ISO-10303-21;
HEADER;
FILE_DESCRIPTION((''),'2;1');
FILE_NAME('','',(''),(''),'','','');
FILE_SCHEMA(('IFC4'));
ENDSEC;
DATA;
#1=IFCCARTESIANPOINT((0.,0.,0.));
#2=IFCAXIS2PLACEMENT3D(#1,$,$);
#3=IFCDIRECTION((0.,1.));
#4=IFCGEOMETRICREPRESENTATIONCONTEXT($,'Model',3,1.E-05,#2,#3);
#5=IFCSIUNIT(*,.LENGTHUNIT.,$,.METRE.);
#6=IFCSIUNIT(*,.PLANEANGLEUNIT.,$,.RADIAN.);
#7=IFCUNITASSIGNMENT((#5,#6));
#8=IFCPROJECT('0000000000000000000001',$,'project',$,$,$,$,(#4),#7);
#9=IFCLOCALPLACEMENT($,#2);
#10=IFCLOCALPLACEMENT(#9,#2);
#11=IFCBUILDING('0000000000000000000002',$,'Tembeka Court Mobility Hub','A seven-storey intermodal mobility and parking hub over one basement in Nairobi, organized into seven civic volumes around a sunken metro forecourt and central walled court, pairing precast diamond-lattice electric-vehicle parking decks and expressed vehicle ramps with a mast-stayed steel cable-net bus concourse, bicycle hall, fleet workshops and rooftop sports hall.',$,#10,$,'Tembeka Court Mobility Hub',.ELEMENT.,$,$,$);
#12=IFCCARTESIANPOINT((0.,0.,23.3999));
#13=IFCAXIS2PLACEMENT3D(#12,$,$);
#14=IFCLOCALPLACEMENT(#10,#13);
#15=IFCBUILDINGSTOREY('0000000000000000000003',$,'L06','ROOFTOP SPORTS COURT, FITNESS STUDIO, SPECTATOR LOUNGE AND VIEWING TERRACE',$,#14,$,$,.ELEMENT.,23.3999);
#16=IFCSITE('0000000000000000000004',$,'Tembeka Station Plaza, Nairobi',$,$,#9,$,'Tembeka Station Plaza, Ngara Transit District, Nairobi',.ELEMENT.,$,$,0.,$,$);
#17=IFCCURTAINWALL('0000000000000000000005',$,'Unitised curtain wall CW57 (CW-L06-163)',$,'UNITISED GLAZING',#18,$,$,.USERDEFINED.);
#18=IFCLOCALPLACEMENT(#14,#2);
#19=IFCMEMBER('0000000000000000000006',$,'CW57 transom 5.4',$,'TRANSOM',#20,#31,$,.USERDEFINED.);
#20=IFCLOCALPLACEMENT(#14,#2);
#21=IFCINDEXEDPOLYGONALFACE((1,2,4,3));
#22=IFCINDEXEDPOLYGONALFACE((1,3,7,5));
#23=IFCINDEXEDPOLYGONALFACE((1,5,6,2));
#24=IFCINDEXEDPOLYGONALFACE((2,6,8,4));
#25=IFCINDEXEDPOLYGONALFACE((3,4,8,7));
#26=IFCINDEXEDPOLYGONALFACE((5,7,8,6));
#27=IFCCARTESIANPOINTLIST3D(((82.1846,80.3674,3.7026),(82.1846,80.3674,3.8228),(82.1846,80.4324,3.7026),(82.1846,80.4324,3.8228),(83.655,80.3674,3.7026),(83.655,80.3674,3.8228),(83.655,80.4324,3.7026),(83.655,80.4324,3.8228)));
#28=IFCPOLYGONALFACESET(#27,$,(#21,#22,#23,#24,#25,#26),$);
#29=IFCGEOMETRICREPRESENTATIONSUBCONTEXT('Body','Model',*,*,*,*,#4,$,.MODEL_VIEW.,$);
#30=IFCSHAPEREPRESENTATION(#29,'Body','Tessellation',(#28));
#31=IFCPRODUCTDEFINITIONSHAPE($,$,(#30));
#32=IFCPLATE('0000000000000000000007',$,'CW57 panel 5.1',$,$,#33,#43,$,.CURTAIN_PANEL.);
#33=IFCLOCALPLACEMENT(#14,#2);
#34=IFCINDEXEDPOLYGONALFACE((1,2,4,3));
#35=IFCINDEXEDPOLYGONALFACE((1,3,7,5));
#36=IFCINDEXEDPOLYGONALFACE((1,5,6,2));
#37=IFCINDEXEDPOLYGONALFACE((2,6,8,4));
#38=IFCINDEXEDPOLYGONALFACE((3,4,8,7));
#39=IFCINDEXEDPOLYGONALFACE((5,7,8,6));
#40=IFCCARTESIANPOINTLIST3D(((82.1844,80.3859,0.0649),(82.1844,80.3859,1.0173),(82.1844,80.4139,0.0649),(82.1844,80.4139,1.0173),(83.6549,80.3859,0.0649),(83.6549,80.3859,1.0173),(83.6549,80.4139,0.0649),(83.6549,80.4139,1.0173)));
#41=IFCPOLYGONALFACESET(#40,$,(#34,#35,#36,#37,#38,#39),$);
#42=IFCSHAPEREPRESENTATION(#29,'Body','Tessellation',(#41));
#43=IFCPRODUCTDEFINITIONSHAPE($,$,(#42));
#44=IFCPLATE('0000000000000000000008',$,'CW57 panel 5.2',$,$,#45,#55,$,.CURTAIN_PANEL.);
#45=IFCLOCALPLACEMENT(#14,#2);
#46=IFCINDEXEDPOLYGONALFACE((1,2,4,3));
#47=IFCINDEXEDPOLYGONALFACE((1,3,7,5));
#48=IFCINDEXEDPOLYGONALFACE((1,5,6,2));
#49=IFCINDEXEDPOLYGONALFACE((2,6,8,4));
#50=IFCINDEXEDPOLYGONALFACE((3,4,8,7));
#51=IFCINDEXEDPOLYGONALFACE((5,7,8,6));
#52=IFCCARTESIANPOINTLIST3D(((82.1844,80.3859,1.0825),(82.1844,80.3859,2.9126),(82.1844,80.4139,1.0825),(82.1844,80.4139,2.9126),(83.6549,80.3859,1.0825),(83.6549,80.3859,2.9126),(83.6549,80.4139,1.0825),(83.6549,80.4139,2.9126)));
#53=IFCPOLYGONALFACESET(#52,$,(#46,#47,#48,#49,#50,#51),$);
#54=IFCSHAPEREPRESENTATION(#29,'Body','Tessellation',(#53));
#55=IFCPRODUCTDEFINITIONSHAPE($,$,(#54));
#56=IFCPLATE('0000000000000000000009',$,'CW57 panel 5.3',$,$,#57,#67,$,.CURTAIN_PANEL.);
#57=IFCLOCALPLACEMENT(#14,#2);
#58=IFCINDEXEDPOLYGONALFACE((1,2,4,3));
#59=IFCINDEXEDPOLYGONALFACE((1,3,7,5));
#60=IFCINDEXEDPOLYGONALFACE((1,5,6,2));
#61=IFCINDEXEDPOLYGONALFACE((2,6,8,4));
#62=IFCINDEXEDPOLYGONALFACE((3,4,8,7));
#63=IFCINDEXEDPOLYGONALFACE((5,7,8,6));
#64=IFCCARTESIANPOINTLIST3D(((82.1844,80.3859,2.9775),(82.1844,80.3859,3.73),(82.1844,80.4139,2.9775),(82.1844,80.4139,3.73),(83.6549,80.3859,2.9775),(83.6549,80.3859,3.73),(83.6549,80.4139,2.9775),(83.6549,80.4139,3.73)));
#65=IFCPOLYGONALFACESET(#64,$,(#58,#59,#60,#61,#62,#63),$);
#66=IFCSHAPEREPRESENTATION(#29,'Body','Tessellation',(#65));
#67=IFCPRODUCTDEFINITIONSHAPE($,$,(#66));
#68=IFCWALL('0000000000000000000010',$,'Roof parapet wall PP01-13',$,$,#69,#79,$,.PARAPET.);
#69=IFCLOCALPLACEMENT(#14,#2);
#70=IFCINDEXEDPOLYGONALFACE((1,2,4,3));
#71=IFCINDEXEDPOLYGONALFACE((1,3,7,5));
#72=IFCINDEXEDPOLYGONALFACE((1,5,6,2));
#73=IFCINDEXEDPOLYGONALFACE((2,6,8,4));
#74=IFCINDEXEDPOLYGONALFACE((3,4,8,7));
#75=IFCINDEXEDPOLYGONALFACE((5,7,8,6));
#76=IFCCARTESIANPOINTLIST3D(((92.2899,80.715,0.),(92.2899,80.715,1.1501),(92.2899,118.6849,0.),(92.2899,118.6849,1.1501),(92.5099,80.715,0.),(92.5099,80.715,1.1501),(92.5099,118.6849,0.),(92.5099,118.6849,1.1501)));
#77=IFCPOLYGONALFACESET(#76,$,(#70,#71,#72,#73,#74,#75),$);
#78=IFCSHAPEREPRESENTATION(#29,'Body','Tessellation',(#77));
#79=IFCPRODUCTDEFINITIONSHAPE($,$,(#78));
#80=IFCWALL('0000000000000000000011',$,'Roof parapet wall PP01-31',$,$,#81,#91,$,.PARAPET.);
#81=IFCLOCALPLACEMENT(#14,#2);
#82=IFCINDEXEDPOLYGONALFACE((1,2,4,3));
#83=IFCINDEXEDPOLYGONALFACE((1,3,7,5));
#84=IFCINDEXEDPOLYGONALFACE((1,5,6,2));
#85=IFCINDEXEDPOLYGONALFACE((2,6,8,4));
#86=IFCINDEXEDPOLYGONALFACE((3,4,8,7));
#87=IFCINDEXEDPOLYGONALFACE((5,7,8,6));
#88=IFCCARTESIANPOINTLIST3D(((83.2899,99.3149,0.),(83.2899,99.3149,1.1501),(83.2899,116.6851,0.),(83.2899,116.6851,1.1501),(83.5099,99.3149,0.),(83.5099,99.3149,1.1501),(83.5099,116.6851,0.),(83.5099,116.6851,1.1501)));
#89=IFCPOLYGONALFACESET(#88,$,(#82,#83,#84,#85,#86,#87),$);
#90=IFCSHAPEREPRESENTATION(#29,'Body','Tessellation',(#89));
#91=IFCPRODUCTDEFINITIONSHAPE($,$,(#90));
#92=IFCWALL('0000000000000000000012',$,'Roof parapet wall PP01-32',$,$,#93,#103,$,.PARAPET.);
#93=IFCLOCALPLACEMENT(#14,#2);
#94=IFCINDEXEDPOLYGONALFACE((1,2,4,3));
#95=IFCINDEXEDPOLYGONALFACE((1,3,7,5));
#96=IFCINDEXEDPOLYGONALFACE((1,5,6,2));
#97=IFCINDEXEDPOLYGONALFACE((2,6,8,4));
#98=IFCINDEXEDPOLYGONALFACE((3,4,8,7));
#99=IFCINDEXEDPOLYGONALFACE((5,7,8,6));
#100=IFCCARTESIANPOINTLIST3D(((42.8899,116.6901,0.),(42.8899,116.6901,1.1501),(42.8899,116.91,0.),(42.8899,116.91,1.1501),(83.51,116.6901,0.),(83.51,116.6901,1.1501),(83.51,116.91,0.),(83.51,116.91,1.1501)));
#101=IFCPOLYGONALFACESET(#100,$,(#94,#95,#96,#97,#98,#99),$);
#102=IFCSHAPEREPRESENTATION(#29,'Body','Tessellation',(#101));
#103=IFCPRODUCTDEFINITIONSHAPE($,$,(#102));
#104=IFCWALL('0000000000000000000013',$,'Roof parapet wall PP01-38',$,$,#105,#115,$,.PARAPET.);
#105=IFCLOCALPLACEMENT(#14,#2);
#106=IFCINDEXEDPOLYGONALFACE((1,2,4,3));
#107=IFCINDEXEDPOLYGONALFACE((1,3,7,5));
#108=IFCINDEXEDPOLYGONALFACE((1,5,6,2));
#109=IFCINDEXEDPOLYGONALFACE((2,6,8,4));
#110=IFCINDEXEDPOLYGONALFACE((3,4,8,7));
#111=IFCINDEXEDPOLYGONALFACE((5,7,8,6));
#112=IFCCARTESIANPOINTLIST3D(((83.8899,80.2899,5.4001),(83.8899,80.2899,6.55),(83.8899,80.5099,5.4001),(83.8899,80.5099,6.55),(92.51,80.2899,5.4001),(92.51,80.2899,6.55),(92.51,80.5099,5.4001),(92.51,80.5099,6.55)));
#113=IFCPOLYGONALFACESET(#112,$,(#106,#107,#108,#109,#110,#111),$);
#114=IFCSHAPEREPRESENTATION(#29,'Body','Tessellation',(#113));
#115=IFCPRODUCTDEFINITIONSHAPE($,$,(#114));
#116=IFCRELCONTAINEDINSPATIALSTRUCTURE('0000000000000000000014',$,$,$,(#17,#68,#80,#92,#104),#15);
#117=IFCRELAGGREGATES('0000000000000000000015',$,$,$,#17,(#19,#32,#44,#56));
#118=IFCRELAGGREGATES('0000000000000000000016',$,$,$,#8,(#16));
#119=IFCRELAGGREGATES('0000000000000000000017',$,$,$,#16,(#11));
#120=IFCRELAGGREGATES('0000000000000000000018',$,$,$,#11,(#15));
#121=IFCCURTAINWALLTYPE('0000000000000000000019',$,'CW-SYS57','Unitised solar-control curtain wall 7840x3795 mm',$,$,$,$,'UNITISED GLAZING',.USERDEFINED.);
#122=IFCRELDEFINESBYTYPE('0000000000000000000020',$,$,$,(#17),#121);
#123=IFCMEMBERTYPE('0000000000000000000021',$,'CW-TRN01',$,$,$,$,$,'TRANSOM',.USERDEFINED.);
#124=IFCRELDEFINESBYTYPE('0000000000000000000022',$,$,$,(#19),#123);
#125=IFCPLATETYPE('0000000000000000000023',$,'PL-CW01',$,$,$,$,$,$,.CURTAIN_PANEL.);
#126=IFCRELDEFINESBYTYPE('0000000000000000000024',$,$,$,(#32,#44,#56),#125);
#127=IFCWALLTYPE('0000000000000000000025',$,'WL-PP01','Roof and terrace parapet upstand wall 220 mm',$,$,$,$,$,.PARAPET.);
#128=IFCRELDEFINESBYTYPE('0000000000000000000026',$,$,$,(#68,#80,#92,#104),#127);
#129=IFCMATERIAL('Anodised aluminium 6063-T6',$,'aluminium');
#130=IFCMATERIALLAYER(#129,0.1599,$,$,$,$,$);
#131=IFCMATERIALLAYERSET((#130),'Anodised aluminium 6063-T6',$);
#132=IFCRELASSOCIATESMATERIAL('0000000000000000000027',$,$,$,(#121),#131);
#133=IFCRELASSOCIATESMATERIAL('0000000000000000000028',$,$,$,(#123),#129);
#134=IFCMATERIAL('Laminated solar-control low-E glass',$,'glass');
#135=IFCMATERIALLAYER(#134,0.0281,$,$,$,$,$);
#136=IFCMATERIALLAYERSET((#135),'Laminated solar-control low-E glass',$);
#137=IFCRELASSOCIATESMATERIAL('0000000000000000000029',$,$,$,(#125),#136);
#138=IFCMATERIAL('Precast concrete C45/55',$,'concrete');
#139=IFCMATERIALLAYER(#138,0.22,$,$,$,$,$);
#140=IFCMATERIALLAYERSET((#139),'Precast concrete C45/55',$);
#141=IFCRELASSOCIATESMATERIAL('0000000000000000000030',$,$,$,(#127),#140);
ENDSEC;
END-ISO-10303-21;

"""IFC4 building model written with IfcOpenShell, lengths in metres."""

from ifc_helpers import new_model, si_unit, direction, frame, frame_2d, origin, origin_2d, place, context, subcontext, project, spatial, rectangle, extrude, material, layer, layer_set, material_profile, profile_set, type_object, element, aggregate, save


model = new_model("IFC4")

# Units and contexts
model_context = context("Model", 3, precision=1e-05, world=origin(), true_north=direction((0.0, 1.0)))
body_context = subcontext(model_context, "Body", "Model", "MODEL_VIEW")
ifc_project = project(units=[si_unit("LENGTHUNIT", "METRE"), si_unit("PLANEANGLEUNIT", "RADIAN")], contexts=[model_context])

# Site, building, storey
site_placement = place(None, origin())
site = spatial("IfcSite", under=ifc_project, at=site_placement, Name="Tembeka Station Plaza, Nairobi", LongName="Tembeka Station Plaza, Ngara Transit District, Nairobi", CompositionType="ELEMENT", RefElevation=0.0)
building_placement = place(site_placement, origin())
building = spatial("IfcBuilding", under=site, at=building_placement, Name="Tembeka Court Mobility Hub", Description="A seven-storey intermodal mobility and parking hub over one basement in Nairobi, organized into seven civic volumes around a sunken metro forecourt and central walled court, pairing precast diamond-lattice electric-vehicle parking decks and expressed vehicle ramps with a mast-stayed steel cable-net bus concourse, bicycle hall, fleet workshops and rooftop sports hall.", LongName="Tembeka Court Mobility Hub", CompositionType="ELEMENT")
storey_placement = place(building_placement, frame((0.0, 0.0, 23.3999)))
storey = spatial("IfcBuildingStorey", under=building, at=storey_placement, Name="L06", Description="ROOFTOP SPORTS COURT, FITNESS STUDIO, SPECTATOR LOUNGE AND VIEWING TERRACE", CompositionType="ELEMENT", Elevation=23.3999)

# Shared definitions
ifc_material_1 = material(Name="Precast concrete C45/55", Category="concrete")

# Curtain wall, member, plates
ifc_material_2 = material(Name="Anodised aluminium 6063-T6", Category="aluminium")
ifc_layer_1 = layer(ifc_material_2, 0.1599)
ifc_layer_set_1 = layer_set([ifc_layer_1], Name="Anodised aluminium 6063-T6")
curtain_wall_type = type_object("IfcCurtainWallType", Name="CW-SYS57", Description="Unitised solar-control curtain wall 7840x3795 mm", ElementType="UNITISED GLAZING", PredefinedType="USERDEFINED", material=ifc_layer_set_1)
curtain_wall_placement = place(storey_placement, origin())
curtain_wall = element("IfcCurtainWall", 1, at=curtain_wall_placement, inside=storey, type_object=curtain_wall_type, Name="Unitised curtain wall CW57 (CW-L06-163)", ObjectType="UNITISED GLAZING", PredefinedType="USERDEFINED")
ifc_material_profile_1 = material_profile(ifc_material_2, rectangle(XDim=0.0649, YDim=0.1201, at=origin_2d()), Name="ALU-TRN 65x120")
ifc_profile_set_1 = profile_set([ifc_material_profile_1], Name="Anodised aluminium 6063-T6")
member_type_1 = type_object("IfcMemberType", Name="CW-TRN01", ElementType="TRANSOM", PredefinedType="USERDEFINED", material=ifc_profile_set_1)
member_1_placement = place(storey_placement, frame((82.1846, 80.3999, 3.7627), z_axis=(1.0, 0.0, 0.0), x_axis=(0.0, 1.0, 0.0)))
member_1 = element("IfcMember", 2, at=member_1_placement, type_object=member_type_1, Name="CW57 transom 5.4", ObjectType="TRANSOM", PredefinedType="USERDEFINED", context=body_context, shape_type="SweptSolid", body=[
    extrude(rectangle(XDim=0.0649, YDim=0.1201, at=origin_2d()), origin(), (0.0, 0.0, 1.0), 1.4705),
])
ifc_material_3 = material(Name="Laminated solar-control low-E glass", Category="glass")
ifc_layer_2 = layer(ifc_material_3, 0.0281)
ifc_layer_set_2 = layer_set([ifc_layer_2], Name="Laminated solar-control low-E glass")
plate_type = type_object("IfcPlateType", Name="PL-CW01", PredefinedType="CURTAIN_PANEL", material=ifc_layer_set_2)
plate_1_placement = place(storey_placement, frame((82.9197, 80.3999, 0.0649), z_axis=(0.0, 0.0, 1.0), x_axis=(1.0, 0.0, 0.0)))
plate_1 = element("IfcPlate", 3, at=plate_1_placement, type_object=plate_type, Name="CW57 panel 5.1", PredefinedType="CURTAIN_PANEL", context=body_context, shape_type="SweptSolid", body=[
    extrude(rectangle(XDim=1.4705, YDim=0.0281, at=origin_2d()), origin(), (0.0, 0.0, 1.0), 0.9524),
])
plate_2_placement = place(storey_placement, frame((82.9197, 80.3999, 1.0825), z_axis=(0.0, 0.0, 1.0), x_axis=(1.0, 0.0, 0.0)))
plate_2 = element("IfcPlate", 4, at=plate_2_placement, type_object=plate_type, Name="CW57 panel 5.2", PredefinedType="CURTAIN_PANEL", context=body_context, shape_type="SweptSolid", body=[
    extrude(rectangle(XDim=1.4705, YDim=0.0281, at=origin_2d()), origin(), (0.0, 0.0, 1.0), 1.8301),
])
plate_3_placement = place(storey_placement, frame((82.9197, 80.3999, 2.9775), z_axis=(0.0, 0.0, 1.0), x_axis=(1.0, 0.0, 0.0)))
plate_3 = element("IfcPlate", 5, at=plate_3_placement, type_object=plate_type, Name="CW57 panel 5.3", PredefinedType="CURTAIN_PANEL", context=body_context, shape_type="SweptSolid", body=[
    extrude(rectangle(XDim=1.4705, YDim=0.0281, at=origin_2d()), origin(), (0.0, 0.0, 1.0), 0.7524),
])
aggregate(curtain_wall, [member_1, plate_1, plate_2, plate_3])

# Walls
ifc_layer_3 = layer(ifc_material_1, 0.22)
ifc_layer_set_3 = layer_set([ifc_layer_3], Name="Precast concrete C45/55")
wall_type = type_object("IfcWallType", Name="WL-PP01", Description="Roof and terrace parapet upstand wall 220 mm", PredefinedType="PARAPET", material=ifc_layer_set_3)
wall_1_placement = place(storey_placement, frame((92.3999, 80.7151, 0.0), z_axis=(0.0, 0.0, 1.0), x_axis=(0.0, 1.0, 0.0)))
element("IfcWall", 6, at=wall_1_placement, inside=storey, type_object=wall_type, Name="Roof parapet wall PP01-13", PredefinedType="PARAPET", context=body_context, shape_type="SweptSolid", body=[
    extrude(rectangle(XDim=37.97, YDim=0.22, at=frame_2d((18.9849, 0.0))), origin(), (0.0, 0.0, 1.0), 1.1501),
])
wall_2_placement = place(storey_placement, frame((83.3999, 99.3149, 0.0), z_axis=(0.0, 0.0, 1.0), x_axis=(0.0, 1.0, 0.0)))
element("IfcWall", 7, at=wall_2_placement, inside=storey, type_object=wall_type, Name="Roof parapet wall PP01-31", PredefinedType="PARAPET", context=body_context, shape_type="SweptSolid", body=[
    extrude(rectangle(XDim=17.3701, YDim=0.22, at=frame_2d((8.6851, 0.0))), origin(), (0.0, 0.0, 1.0), 1.1501),
])
wall_3_placement = place(storey_placement, frame((83.51, 116.8, 0.0), z_axis=(0.0, 0.0, 1.0), x_axis=(-1.0, 0.0, 0.0)))
element("IfcWall", 8, at=wall_3_placement, inside=storey, type_object=wall_type, Name="Roof parapet wall PP01-32", PredefinedType="PARAPET", context=body_context, shape_type="SweptSolid", body=[
    extrude(rectangle(XDim=40.6201, YDim=0.22, at=frame_2d((20.3101, 0.0))), origin(), (0.0, 0.0, 1.0), 1.1501),
])
wall_4_placement = place(storey_placement, frame((83.8899, 80.3999, 5.4001), z_axis=(0.0, 0.0, 1.0), x_axis=(1.0, 0.0, 0.0)))
element("IfcWall", 9, at=wall_4_placement, inside=storey, type_object=wall_type, Name="Roof parapet wall PP01-38", PredefinedType="PARAPET", context=body_context, shape_type="SweptSolid", body=[
    extrude(rectangle(XDim=8.6201, YDim=0.22, at=frame_2d((4.3101, 0.0))), origin(), (0.0, 0.0, 1.0), 1.1499),
])

save(model, "model.ifc")
